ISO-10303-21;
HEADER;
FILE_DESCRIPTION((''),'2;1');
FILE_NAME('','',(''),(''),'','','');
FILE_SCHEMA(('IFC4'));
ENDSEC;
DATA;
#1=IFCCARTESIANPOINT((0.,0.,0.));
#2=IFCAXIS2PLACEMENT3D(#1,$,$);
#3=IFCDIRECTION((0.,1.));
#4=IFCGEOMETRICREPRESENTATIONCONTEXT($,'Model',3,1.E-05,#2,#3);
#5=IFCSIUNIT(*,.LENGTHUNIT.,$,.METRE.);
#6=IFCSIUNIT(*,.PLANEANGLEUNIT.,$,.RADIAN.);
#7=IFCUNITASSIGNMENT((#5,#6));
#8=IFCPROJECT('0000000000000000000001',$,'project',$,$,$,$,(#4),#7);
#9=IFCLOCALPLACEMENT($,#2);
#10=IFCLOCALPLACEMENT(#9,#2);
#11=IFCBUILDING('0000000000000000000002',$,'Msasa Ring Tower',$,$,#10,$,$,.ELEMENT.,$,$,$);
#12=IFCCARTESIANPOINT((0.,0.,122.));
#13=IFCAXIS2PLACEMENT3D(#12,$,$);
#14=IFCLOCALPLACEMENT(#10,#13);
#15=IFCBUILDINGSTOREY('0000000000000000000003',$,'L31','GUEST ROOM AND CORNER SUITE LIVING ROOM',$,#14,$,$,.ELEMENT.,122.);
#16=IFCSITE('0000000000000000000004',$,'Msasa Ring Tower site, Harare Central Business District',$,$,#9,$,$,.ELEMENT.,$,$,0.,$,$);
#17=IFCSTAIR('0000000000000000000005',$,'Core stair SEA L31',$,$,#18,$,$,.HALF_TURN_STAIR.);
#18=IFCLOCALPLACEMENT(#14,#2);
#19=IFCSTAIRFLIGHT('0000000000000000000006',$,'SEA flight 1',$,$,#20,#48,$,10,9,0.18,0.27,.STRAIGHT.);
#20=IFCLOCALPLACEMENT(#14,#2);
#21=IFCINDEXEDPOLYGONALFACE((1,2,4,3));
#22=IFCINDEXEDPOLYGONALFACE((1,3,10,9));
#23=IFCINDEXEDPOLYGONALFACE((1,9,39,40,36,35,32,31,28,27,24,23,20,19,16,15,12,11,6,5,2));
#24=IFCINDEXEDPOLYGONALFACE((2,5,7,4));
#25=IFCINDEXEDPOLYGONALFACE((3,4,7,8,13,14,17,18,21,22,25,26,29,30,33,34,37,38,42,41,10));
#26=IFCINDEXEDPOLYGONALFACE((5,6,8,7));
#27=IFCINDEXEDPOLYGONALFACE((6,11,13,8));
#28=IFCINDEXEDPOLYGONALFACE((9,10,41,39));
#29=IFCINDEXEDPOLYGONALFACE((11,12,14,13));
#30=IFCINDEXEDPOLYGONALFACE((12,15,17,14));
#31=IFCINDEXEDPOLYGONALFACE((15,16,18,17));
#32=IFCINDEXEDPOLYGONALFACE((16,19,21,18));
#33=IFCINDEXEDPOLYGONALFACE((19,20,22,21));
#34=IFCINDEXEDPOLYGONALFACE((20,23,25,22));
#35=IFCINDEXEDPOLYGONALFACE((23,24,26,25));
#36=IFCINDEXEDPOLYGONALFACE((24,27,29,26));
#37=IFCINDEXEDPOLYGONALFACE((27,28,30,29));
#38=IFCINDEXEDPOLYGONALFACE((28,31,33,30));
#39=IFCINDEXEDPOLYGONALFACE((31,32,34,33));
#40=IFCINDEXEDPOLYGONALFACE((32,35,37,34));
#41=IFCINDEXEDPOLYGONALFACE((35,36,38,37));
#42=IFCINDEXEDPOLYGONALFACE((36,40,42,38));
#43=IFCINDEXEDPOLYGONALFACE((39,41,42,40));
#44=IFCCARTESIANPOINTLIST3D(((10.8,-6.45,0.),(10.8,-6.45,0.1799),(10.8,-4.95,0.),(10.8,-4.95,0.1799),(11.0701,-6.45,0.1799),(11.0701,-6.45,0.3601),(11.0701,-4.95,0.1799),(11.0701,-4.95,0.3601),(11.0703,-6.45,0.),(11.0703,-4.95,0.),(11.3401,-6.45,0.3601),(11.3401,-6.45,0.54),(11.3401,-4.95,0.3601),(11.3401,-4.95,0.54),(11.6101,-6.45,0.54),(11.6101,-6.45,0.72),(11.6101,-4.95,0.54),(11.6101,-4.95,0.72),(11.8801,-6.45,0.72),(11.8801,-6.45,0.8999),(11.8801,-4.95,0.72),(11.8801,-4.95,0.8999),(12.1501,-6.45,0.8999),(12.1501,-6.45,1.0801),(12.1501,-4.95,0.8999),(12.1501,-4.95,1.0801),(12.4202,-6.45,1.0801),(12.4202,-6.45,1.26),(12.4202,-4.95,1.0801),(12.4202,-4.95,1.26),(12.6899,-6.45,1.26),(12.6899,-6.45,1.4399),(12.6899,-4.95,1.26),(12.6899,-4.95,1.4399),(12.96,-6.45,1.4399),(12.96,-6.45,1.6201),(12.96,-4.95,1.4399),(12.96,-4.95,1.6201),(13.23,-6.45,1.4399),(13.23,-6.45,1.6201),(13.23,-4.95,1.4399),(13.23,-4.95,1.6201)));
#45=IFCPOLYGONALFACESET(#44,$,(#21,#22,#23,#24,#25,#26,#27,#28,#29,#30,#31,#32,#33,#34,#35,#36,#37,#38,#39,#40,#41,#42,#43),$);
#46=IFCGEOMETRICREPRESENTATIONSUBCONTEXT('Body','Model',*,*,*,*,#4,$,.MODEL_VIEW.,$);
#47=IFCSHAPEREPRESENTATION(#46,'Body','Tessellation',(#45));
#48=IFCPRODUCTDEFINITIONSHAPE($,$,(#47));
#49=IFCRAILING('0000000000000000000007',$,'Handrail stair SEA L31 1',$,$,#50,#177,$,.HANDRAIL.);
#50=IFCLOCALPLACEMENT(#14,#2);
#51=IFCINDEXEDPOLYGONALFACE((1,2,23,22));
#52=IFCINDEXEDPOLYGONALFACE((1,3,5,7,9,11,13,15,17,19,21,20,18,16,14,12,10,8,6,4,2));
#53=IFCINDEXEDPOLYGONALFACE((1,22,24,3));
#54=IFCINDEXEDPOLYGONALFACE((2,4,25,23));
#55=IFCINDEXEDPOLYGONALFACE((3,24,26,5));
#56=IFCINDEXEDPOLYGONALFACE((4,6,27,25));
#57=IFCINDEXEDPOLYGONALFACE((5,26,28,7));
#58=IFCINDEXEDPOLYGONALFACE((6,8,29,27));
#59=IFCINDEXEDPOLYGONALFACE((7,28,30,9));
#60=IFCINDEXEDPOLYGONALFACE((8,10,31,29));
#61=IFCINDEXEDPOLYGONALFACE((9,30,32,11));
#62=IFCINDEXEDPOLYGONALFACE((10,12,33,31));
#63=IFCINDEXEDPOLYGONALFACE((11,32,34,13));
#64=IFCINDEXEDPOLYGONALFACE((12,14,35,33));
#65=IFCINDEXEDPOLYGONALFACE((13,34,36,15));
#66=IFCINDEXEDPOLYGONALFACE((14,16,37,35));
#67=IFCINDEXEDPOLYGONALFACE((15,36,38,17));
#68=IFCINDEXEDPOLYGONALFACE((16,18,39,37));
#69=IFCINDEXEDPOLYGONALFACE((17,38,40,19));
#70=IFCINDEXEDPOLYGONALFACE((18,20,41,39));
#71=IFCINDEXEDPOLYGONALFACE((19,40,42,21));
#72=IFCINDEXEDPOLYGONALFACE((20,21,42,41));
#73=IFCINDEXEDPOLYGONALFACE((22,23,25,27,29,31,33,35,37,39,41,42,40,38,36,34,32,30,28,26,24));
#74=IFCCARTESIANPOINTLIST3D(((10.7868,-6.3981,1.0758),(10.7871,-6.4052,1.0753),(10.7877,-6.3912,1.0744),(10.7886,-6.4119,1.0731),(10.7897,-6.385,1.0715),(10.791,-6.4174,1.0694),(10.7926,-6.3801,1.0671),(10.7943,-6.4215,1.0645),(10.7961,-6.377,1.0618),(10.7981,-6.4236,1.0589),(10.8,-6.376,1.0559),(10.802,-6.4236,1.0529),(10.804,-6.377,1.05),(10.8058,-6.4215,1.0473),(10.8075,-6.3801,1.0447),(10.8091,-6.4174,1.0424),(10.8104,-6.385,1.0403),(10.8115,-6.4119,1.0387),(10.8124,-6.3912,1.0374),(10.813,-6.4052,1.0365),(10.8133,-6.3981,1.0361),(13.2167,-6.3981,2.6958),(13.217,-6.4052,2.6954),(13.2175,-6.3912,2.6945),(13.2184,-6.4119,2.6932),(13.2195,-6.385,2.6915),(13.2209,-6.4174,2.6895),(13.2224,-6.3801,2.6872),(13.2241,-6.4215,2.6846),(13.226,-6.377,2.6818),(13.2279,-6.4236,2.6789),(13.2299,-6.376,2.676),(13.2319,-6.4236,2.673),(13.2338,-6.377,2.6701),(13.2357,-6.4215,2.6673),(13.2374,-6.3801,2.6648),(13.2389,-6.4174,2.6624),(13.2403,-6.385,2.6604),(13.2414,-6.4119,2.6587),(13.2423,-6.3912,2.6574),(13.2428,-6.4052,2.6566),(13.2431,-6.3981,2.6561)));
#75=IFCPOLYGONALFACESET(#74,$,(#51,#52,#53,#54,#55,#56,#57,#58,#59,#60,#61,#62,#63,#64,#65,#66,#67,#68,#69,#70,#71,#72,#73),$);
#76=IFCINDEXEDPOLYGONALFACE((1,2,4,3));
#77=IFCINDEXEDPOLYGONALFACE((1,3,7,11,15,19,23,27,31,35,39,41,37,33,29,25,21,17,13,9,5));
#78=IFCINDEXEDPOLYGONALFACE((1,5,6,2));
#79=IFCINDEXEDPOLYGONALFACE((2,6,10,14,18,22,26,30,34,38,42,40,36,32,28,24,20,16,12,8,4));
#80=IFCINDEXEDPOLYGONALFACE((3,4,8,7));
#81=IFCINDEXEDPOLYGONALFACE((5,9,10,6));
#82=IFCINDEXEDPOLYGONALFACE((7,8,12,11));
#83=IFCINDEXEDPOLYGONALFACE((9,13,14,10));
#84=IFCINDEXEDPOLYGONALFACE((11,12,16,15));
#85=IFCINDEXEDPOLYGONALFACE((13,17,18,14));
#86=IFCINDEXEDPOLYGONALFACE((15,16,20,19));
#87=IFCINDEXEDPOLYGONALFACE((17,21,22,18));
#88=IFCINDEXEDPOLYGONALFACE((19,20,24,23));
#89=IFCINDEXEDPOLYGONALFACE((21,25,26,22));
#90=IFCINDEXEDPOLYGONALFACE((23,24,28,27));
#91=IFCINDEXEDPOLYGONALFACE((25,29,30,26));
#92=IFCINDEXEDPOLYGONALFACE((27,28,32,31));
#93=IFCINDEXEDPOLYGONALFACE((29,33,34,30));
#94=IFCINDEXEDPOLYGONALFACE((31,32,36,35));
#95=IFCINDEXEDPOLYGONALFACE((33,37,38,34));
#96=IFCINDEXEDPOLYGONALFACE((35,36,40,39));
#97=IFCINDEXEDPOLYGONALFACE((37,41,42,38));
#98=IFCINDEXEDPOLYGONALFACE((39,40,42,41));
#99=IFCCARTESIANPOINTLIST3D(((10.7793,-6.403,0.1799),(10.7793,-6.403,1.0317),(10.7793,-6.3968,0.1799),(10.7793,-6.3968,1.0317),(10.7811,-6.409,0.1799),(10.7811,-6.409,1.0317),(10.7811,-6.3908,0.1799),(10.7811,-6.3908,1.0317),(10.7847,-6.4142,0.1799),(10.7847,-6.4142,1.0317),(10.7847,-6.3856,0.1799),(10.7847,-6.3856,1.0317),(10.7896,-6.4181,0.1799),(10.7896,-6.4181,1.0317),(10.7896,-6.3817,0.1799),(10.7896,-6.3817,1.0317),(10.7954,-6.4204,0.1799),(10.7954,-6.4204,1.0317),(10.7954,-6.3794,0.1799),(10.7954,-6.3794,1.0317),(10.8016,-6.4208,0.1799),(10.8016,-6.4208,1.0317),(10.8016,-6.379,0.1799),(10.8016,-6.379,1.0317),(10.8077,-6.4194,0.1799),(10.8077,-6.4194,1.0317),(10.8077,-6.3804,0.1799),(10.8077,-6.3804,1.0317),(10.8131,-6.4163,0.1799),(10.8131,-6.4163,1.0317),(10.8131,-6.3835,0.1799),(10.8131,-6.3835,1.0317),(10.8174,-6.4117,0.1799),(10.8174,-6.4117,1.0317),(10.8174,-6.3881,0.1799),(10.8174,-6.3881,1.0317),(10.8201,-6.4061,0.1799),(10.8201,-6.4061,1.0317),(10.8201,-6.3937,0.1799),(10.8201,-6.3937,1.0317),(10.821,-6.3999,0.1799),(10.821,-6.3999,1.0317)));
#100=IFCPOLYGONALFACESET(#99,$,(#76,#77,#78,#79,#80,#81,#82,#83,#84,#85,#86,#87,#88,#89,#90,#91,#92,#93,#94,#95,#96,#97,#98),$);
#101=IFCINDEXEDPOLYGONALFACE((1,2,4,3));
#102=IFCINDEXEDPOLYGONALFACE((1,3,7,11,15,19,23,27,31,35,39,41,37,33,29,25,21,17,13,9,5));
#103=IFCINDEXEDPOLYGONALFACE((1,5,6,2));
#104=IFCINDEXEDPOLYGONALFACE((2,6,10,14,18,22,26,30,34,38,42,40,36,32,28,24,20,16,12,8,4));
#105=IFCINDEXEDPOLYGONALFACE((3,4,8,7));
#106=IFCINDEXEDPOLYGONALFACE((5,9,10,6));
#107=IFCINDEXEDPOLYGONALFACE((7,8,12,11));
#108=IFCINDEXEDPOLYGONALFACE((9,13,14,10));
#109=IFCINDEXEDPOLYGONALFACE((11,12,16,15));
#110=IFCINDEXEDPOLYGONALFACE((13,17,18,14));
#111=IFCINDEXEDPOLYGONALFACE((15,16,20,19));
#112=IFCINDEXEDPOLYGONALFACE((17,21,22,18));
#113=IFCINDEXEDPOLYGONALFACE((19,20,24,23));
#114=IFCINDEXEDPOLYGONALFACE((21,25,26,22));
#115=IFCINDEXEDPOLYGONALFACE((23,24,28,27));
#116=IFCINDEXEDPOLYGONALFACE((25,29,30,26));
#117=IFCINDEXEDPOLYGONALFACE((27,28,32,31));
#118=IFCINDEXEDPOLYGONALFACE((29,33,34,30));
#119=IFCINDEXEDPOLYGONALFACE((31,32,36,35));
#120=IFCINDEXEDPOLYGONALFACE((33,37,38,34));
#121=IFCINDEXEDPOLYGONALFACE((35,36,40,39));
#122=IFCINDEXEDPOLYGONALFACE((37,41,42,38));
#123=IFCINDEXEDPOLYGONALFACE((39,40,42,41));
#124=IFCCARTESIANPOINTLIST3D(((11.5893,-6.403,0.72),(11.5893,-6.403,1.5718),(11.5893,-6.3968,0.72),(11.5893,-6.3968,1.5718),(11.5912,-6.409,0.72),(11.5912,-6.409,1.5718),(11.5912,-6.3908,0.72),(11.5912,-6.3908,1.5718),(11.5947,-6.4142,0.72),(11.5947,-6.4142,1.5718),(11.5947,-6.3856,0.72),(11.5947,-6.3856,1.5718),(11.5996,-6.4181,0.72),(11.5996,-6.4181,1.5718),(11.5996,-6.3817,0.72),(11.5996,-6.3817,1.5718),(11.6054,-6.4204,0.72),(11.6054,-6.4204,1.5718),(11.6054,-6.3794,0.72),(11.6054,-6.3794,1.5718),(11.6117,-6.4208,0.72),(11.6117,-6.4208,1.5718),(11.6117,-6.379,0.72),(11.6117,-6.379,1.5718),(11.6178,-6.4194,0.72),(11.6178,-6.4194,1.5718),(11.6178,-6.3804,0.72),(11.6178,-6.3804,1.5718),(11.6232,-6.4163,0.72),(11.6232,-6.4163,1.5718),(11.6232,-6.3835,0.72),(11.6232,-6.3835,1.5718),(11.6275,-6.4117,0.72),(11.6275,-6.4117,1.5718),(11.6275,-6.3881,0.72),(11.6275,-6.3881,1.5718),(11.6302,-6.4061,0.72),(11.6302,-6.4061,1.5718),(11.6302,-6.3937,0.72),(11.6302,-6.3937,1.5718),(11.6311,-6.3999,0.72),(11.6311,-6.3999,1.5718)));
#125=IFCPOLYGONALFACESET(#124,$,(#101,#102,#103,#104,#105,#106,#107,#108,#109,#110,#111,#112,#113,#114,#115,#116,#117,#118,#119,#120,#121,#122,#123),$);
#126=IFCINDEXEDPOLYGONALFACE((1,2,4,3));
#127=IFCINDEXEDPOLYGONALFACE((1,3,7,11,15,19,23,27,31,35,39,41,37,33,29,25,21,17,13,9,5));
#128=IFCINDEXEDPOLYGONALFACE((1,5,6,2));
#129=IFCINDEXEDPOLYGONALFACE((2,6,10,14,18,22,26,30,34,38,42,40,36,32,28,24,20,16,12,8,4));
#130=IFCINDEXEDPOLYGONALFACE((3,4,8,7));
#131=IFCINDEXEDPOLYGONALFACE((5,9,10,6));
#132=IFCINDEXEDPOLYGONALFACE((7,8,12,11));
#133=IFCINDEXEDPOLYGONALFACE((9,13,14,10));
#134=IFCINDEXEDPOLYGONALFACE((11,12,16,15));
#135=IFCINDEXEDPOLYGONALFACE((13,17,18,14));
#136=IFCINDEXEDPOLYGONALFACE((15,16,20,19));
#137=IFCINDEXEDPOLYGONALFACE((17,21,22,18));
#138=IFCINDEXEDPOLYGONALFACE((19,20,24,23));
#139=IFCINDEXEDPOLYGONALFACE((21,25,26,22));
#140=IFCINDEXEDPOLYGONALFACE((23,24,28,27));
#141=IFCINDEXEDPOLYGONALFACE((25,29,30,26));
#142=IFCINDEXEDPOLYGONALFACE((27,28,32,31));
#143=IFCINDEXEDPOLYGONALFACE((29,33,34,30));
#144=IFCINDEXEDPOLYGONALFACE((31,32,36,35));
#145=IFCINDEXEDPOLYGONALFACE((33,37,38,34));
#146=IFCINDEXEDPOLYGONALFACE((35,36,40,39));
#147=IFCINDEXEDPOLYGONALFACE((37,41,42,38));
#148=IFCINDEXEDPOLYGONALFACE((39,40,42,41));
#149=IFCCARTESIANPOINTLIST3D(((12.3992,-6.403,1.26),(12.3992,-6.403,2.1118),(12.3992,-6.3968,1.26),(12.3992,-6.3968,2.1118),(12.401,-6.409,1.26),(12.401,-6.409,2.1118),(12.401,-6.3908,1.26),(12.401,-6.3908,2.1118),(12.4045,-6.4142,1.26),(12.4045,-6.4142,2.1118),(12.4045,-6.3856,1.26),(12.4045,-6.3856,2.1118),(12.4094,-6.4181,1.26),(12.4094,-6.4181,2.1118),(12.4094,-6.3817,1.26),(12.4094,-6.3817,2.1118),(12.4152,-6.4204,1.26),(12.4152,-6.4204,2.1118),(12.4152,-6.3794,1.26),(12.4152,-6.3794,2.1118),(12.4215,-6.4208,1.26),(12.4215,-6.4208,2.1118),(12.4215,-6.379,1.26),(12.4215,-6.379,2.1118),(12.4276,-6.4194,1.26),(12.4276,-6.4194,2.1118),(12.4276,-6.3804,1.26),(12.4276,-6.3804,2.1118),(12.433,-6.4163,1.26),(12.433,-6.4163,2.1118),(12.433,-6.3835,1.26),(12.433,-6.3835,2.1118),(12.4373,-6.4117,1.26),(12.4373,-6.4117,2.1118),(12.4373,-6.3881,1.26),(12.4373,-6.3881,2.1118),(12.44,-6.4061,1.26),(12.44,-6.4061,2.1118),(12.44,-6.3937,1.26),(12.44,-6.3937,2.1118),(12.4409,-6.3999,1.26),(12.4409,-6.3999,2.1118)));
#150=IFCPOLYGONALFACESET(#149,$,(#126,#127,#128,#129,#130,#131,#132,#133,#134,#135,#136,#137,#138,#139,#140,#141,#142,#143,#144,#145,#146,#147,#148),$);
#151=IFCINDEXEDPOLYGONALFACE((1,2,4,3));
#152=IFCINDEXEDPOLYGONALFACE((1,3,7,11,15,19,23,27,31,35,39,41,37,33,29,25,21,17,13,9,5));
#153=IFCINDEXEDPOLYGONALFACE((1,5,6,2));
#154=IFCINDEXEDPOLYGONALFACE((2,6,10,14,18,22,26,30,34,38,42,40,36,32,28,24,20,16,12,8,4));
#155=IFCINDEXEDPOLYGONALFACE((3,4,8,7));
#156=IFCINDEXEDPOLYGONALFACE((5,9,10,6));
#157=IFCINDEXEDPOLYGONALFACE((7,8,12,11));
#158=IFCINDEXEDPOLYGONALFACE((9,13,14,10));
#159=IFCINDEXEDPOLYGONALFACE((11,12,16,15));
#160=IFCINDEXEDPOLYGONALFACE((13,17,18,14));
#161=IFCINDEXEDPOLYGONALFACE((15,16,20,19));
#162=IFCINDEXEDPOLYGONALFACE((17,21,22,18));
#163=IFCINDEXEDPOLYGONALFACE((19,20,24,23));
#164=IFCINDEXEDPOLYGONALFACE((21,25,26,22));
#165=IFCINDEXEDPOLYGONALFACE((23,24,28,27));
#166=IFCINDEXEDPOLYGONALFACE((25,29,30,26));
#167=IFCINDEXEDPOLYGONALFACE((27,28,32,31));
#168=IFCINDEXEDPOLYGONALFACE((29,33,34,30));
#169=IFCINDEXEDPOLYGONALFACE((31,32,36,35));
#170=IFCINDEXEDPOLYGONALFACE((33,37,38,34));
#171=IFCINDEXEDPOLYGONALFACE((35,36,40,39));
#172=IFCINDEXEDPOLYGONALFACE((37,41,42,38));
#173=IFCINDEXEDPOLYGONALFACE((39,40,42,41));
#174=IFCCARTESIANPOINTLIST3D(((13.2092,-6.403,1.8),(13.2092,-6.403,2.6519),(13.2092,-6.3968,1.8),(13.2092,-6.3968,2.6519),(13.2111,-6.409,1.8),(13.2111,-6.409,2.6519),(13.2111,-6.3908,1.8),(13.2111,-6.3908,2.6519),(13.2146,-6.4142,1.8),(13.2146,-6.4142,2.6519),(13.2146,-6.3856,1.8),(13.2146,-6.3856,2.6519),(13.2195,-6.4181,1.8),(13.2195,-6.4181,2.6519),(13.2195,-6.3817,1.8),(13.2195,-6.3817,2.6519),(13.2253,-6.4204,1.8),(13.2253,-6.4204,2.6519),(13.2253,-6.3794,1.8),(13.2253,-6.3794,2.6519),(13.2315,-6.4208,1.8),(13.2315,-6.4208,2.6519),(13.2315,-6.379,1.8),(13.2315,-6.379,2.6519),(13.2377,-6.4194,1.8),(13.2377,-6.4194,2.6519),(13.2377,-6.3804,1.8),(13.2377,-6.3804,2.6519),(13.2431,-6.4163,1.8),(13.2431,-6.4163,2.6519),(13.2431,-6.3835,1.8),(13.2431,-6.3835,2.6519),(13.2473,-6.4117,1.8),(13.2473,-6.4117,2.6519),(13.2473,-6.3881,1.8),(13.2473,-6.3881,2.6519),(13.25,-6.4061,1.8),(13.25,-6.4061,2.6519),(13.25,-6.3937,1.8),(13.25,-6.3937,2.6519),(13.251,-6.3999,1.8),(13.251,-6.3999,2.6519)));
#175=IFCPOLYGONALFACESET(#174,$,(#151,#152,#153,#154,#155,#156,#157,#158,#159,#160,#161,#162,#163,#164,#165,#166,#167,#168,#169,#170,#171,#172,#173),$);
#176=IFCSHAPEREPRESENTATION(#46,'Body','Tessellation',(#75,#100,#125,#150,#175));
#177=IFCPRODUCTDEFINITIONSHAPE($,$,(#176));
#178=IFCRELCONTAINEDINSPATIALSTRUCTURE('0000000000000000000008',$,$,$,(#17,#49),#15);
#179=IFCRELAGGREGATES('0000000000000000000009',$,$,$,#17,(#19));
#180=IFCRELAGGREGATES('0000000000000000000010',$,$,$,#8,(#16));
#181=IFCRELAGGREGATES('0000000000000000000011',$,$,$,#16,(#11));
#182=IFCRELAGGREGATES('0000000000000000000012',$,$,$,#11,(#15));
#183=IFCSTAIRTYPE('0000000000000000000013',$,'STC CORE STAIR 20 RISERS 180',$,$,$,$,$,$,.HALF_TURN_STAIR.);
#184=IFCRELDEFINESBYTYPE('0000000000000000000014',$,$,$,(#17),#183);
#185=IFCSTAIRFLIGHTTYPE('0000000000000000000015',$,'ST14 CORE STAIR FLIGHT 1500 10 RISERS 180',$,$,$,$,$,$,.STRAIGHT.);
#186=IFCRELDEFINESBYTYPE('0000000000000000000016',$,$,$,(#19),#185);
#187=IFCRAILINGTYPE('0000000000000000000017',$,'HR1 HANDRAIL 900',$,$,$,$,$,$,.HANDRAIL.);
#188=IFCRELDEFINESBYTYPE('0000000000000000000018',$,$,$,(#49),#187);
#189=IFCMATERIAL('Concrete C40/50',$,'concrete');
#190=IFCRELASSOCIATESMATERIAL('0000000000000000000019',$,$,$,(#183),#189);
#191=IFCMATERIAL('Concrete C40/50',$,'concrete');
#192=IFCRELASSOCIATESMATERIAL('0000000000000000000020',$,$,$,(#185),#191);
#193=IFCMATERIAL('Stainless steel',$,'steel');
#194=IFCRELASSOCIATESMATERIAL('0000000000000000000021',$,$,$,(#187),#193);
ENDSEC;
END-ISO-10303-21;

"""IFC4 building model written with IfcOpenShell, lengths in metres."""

from ifc_helpers import new_model, si_unit, direction, frame, origin, origin_2d, place, context, subcontext, project, spatial, polyline, circle, outline, extrude, material, type_object, element, aggregate, save


model = new_model("IFC4")

# Units and contexts
model_context = context("Model", 3, precision=1e-05, world=origin(), true_north=direction((0.0, 1.0)))
body_context = subcontext(model_context, "Body", "Model", "MODEL_VIEW")
ifc_project = project(units=[si_unit("LENGTHUNIT", "METRE"), si_unit("PLANEANGLEUNIT", "RADIAN")], contexts=[model_context])

# Site, building, storey
site_placement = place(None, origin())
site = spatial("IfcSite", under=ifc_project, at=site_placement, Name="Msasa Ring Tower site, Harare Central Business District", CompositionType="ELEMENT", RefElevation=0.0)
building_placement = place(site_placement, origin())
building = spatial("IfcBuilding", under=site, at=building_placement, Name="Msasa Ring Tower", CompositionType="ELEMENT")
storey_placement = place(building_placement, frame((0.0, 0.0, 122.0)))
storey = spatial("IfcBuildingStorey", under=building, at=storey_placement, Name="L31", Description="GUEST ROOM AND CORNER SUITE LIVING ROOM", CompositionType="ELEMENT", Elevation=122.0)

# Stair
ifc_material_1 = material(Name="Concrete C40/50", Category="concrete")
stair_type = type_object("IfcStairType", Name="STC CORE STAIR 20 RISERS 180", PredefinedType="HALF_TURN_STAIR", material=ifc_material_1)
stair_1_placement = place(storey_placement, origin())
stair_1 = element("IfcStair", 1, at=stair_1_placement, inside=storey, type_object=stair_type, Name="Core stair SEA L31", PredefinedType="HALF_TURN_STAIR")

# Stair flight
ifc_material_2 = material(Name="Concrete C40/50", Category="concrete")
stair_flight_type = type_object("IfcStairFlightType", Name="ST14 CORE STAIR FLIGHT 1500 10 RISERS 180", PredefinedType="STRAIGHT", material=ifc_material_2)
stair_flight_placement = place(storey_placement, frame((10.8, -5.7, 0.0), z_axis=(0.0, 0.0, 1.0), x_axis=(1.0, 0.0, 0.0)))
stair_flight = element("IfcStairFlight", 2, at=stair_flight_placement, type_object=stair_flight_type, Name="SEA flight 1", NumberOfRisers=10, NumberOfTreads=9, PredefinedType="STRAIGHT", RiserHeight=0.18, TreadLength=0.27, context=body_context, shape_type="SweptSolid", body=[
    extrude(outline(polyline([(0.0, 0.0), (0.0, 0.1799), (0.27, 0.1799), (0.27, 0.3601), (0.54, 0.3601), (0.54, 0.54), (0.8101, 0.54), (0.8101, 0.72), (1.0801, 0.72), (1.0801, 0.8999), (1.3501, 0.8999), (1.3501, 1.0801), (1.6201, 1.0801), (1.6201, 1.26), (1.8899, 1.26), (1.8899, 1.4399), (2.1599, 1.4399), (2.1599, 1.6201), (2.4299, 1.6201), (2.4299, 1.8), (2.4299, 1.4399), (0.2703, 0.0), (0.0, 0.0)])), frame((0.0, 0.75, 0.0), z_axis=(0.0, -1.0, 0.0), x_axis=(1.0, 0.0, 0.0)), (0.0, 0.0, 1.0), 1.5),
])
aggregate(stair_1, [stair_flight])

# Railing
ifc_material_3 = material(Name="Stainless steel", Category="steel")
railing_type = type_object("IfcRailingType", Name="HR1 HANDRAIL 900", PredefinedType="HANDRAIL", material=ifc_material_3)
for number, where, name in (
    (3, (10.8, -6.3999, 0.1799), "Handrail stair SEA L31 1"),
):
    element("IfcRailing", number, at=place(storey_placement, frame(where)), inside=storey, type_object=railing_type, Name=name, PredefinedType="HANDRAIL", context=body_context, shape_type="SweptSolid", body=[
        extrude(circle(Radius=0.0239, at=origin_2d()), frame((0.0, 0.0, 0.876), z_axis=(0.832025, 0.0, 0.554739), x_axis=(0.0, 1.0, 0.0)), (0.0, 0.0, 1.0), 2.9204),
        extrude(circle(Radius=0.021, at=origin_2d()), origin(), (0.0, 0.0, 1.0), 0.8518),
        extrude(circle(Radius=0.021, at=origin_2d()), frame((0.8101, 0.0, 0.54)), (0.0, 0.0, 1.0), 0.8518),
        extrude(circle(Radius=0.021, at=origin_2d()), frame((1.6199, 0.0, 1.0801)), (0.0, 0.0, 1.0), 0.8518),
        extrude(circle(Radius=0.021, at=origin_2d()), frame((2.4299, 0.0, 1.6201)), (0.0, 0.0, 1.0), 0.8518),
    ])

save(model, "model.ifc")
